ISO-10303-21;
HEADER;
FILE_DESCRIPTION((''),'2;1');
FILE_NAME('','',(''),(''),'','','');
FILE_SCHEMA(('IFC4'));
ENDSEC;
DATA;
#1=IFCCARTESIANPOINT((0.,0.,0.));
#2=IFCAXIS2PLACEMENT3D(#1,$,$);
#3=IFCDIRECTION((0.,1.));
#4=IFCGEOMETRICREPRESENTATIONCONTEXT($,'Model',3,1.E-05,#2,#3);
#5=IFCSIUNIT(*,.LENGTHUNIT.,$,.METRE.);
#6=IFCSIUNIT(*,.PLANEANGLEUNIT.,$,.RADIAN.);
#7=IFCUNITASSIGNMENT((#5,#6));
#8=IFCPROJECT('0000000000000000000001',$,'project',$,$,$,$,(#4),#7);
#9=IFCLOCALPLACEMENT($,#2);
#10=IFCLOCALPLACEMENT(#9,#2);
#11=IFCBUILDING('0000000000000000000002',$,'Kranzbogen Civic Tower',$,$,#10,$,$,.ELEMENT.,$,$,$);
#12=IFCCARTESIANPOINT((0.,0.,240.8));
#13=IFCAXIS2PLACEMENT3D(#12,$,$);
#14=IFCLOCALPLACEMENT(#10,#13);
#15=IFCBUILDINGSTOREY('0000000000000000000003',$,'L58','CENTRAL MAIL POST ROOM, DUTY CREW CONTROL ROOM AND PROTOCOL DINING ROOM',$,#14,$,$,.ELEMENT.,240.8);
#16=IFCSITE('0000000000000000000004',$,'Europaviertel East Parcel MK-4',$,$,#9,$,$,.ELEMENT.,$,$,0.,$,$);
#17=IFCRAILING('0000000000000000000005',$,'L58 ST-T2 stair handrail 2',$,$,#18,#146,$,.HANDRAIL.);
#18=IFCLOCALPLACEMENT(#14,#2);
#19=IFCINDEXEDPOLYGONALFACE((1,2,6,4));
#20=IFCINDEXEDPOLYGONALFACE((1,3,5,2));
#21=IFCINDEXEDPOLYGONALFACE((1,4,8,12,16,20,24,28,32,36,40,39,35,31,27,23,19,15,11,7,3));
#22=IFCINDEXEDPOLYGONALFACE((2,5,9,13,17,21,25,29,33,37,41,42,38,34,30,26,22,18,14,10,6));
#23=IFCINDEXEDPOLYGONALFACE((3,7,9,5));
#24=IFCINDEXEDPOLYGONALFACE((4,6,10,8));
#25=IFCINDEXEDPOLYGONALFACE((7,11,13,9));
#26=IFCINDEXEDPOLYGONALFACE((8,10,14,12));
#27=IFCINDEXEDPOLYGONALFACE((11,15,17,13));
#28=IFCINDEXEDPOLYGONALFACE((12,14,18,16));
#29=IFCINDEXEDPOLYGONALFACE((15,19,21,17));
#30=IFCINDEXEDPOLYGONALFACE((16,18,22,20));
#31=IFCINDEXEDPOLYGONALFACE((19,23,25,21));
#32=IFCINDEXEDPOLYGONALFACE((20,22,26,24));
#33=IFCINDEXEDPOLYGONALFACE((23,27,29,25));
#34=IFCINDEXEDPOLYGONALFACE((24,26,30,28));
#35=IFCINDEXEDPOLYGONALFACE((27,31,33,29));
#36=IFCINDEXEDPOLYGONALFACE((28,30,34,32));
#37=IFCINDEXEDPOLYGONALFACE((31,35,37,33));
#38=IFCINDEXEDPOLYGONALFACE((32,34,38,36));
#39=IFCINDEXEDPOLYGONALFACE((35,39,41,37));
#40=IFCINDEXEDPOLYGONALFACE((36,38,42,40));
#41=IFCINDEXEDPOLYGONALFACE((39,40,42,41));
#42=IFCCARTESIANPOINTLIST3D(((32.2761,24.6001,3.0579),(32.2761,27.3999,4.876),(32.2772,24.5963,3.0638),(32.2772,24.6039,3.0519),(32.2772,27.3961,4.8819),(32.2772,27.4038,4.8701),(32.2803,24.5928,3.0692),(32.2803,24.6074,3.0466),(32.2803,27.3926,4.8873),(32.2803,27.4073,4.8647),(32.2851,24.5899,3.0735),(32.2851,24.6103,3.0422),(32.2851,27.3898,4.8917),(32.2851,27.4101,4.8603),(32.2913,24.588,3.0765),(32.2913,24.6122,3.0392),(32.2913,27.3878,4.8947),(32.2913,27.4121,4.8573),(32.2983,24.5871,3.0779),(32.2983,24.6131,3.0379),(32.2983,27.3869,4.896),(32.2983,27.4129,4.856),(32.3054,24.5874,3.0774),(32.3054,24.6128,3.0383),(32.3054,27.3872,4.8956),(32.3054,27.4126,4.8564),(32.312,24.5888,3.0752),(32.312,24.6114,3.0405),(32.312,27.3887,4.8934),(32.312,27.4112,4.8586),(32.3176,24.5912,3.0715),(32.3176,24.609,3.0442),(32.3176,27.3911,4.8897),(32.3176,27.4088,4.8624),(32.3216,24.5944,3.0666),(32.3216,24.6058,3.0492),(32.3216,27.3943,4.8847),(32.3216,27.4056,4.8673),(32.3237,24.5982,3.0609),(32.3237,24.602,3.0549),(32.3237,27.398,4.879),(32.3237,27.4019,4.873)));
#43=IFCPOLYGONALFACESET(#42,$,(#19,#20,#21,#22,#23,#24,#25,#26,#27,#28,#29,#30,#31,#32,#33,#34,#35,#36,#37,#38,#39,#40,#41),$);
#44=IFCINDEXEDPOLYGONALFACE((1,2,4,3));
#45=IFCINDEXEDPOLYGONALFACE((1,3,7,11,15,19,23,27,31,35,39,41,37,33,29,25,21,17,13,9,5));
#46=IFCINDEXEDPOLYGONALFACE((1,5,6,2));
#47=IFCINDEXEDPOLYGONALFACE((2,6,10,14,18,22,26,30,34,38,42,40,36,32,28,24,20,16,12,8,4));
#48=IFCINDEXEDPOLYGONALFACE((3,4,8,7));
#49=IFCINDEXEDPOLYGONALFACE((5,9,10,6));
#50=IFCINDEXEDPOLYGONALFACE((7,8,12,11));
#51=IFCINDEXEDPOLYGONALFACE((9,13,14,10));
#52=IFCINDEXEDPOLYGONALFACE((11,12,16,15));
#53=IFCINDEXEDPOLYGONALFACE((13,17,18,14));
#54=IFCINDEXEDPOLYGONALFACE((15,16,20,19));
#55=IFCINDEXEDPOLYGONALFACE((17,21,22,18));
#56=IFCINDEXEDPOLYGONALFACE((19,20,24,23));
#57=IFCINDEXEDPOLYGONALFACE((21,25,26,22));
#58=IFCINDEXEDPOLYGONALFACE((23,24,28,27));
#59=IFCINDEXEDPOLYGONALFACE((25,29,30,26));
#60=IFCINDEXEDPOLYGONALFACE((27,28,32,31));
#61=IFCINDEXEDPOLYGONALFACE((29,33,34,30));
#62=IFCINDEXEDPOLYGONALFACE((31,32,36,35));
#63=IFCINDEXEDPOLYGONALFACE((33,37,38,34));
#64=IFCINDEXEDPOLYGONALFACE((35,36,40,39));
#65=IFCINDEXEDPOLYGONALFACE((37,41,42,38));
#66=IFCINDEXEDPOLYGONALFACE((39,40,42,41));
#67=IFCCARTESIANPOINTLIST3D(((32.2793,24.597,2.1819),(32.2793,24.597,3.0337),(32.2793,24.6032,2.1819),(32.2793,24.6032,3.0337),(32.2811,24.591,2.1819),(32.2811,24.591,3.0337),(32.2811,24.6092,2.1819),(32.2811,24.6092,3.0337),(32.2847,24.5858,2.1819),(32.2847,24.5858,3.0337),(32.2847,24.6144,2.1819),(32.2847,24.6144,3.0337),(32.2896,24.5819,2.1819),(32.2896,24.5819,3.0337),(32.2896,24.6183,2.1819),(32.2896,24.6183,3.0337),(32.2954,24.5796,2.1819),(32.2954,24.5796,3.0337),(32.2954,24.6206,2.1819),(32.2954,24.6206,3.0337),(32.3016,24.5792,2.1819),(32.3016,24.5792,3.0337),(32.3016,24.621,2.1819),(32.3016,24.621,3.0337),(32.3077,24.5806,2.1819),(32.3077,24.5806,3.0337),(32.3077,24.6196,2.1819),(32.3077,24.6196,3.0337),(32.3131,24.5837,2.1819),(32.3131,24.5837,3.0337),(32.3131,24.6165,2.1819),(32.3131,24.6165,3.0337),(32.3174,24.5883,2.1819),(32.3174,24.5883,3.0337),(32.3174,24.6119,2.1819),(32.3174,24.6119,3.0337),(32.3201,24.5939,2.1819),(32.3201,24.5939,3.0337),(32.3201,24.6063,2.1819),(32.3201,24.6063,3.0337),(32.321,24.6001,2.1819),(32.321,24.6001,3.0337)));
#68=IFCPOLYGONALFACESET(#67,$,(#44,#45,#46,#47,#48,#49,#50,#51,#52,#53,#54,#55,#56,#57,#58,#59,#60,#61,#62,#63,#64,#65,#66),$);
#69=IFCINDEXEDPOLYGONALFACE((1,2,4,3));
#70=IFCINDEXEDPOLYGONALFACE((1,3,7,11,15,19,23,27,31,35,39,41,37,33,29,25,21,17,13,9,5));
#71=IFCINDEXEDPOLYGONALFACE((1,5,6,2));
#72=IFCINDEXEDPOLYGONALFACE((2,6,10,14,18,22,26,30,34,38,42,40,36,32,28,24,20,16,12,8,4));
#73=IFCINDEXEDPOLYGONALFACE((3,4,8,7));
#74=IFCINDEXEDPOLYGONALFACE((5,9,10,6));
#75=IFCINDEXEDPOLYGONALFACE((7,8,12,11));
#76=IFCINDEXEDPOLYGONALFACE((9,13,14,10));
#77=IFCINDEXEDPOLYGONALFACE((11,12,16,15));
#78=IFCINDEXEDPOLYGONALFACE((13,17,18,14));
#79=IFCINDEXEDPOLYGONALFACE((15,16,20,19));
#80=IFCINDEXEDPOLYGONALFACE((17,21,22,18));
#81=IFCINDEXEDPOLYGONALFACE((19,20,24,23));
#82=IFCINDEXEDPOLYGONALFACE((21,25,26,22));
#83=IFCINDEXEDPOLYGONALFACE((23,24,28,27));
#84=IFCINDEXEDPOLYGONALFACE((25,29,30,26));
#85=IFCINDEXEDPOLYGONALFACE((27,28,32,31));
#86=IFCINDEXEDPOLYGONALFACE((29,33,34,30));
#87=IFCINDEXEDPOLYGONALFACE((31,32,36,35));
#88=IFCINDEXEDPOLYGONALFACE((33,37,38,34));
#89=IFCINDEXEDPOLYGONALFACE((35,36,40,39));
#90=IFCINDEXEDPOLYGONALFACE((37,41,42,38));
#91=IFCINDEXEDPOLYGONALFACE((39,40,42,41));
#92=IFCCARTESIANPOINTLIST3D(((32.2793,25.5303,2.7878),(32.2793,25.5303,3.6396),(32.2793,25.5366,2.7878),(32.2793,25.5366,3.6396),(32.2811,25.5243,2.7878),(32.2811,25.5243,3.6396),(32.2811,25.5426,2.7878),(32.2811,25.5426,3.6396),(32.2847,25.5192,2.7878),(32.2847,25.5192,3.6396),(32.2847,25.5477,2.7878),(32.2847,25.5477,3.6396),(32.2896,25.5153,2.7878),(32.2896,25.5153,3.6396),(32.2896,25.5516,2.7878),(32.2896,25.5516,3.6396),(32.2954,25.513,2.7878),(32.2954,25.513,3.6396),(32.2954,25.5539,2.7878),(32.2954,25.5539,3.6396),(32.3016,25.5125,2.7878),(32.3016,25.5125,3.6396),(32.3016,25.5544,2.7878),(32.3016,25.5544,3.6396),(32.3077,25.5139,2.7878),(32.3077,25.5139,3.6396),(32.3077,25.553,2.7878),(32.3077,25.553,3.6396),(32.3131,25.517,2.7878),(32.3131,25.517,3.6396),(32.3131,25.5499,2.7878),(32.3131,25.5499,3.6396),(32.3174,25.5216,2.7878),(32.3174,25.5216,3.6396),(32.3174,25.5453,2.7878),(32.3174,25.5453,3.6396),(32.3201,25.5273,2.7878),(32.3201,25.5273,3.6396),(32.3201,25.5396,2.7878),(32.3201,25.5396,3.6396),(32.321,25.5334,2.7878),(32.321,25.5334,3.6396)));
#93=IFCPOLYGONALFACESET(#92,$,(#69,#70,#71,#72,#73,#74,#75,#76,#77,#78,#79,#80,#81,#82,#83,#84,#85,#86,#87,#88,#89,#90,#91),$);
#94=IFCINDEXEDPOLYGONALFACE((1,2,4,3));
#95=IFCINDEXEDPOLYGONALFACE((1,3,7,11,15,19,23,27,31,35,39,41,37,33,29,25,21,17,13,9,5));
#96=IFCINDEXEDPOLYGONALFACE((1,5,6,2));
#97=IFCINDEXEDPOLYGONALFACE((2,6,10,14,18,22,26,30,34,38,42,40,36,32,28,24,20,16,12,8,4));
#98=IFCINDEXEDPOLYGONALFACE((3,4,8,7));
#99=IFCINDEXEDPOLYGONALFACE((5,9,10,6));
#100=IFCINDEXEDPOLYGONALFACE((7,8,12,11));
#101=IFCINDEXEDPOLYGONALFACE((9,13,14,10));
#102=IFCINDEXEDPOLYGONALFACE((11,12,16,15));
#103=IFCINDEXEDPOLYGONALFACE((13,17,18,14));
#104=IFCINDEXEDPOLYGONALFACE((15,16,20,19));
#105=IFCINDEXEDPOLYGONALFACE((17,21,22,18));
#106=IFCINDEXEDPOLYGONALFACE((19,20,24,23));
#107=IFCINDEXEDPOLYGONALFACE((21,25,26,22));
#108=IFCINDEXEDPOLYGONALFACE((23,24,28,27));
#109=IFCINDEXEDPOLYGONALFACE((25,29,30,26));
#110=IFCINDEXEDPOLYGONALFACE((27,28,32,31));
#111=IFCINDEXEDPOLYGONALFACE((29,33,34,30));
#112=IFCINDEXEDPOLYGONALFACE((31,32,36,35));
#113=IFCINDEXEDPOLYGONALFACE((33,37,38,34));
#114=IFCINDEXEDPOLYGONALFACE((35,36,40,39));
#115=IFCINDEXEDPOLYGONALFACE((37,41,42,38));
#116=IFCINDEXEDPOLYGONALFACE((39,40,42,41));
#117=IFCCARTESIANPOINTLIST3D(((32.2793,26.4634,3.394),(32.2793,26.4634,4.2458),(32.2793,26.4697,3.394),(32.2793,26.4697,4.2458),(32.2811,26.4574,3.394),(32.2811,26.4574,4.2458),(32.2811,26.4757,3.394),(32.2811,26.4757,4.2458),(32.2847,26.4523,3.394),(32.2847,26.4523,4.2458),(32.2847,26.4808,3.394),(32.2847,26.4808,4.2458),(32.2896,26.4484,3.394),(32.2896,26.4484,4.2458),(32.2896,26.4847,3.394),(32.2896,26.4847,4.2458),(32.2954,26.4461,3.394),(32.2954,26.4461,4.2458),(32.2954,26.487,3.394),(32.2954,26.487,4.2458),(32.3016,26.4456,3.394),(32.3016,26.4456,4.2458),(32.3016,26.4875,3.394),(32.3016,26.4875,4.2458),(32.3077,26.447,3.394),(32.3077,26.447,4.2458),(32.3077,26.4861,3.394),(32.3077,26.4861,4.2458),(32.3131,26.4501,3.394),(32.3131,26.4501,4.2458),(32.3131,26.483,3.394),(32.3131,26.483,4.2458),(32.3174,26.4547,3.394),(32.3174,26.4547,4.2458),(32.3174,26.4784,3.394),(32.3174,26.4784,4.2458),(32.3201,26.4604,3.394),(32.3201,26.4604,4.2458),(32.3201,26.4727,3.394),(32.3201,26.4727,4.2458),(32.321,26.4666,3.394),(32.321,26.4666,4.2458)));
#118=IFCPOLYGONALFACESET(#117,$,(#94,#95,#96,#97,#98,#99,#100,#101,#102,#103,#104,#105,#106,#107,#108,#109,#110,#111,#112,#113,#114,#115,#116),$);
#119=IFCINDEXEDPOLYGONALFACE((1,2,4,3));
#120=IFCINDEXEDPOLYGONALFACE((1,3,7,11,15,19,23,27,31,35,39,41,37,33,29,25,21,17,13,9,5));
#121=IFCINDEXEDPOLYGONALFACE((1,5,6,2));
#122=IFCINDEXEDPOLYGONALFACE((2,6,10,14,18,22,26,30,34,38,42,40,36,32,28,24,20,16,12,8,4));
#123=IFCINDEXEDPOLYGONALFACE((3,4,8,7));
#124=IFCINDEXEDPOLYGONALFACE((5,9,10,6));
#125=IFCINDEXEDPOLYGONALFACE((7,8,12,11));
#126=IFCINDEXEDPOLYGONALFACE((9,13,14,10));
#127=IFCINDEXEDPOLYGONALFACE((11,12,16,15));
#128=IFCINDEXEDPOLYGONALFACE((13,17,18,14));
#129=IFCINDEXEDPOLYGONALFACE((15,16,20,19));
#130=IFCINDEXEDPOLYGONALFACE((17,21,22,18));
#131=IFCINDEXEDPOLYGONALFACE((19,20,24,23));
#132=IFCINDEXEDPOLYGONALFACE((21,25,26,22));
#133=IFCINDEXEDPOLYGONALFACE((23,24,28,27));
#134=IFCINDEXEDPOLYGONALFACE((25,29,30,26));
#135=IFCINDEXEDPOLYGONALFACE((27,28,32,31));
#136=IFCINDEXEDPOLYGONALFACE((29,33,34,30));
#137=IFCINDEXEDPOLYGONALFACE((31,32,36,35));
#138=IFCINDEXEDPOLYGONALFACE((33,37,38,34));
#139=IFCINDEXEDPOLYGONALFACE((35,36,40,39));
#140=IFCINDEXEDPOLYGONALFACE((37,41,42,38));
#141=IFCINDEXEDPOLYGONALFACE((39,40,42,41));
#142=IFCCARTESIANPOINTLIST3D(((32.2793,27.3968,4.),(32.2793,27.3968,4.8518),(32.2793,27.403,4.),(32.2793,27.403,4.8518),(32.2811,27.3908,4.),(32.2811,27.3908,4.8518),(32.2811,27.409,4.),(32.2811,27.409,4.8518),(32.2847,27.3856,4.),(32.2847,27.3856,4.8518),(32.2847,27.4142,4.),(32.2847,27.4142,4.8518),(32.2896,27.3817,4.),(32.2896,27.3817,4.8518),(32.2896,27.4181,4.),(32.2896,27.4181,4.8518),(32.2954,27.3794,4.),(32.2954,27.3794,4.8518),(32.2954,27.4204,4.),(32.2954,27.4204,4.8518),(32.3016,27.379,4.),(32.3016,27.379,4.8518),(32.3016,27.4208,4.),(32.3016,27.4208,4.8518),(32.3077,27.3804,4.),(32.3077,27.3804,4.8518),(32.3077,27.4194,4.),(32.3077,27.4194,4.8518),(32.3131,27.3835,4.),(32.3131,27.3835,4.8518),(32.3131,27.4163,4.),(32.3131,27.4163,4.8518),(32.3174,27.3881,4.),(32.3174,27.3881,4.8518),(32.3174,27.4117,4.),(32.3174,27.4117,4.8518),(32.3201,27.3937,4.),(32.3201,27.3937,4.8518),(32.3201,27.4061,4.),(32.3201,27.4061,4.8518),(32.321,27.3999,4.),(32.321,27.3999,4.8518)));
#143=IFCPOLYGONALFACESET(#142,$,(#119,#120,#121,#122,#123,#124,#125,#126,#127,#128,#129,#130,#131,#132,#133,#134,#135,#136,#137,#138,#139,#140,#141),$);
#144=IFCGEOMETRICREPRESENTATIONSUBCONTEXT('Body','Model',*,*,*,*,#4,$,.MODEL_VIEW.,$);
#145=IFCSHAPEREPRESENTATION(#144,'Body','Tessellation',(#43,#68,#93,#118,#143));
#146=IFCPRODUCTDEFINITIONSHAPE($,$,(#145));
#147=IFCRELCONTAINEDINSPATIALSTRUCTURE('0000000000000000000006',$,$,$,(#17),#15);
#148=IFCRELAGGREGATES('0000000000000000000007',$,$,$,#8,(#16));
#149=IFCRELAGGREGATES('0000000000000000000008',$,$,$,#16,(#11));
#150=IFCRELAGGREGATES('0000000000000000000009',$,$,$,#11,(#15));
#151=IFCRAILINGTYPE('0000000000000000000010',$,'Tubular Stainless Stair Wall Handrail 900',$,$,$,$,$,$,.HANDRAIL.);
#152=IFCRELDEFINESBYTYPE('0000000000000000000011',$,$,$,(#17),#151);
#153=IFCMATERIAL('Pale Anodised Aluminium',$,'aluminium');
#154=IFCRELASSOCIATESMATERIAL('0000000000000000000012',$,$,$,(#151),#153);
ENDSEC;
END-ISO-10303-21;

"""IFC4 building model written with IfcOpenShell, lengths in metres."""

from ifc_helpers import new_model, si_unit, direction, frame, origin, origin_2d, place, context, subcontext, project, spatial, circle, extrude, material, type_object, element, save


model = new_model("IFC4")

# Units and contexts
model_context = context("Model", 3, precision=1e-05, world=origin(), true_north=direction((0.0, 1.0)))
body_context = subcontext(model_context, "Body", "Model", "MODEL_VIEW")
ifc_project = project(units=[si_unit("LENGTHUNIT", "METRE"), si_unit("PLANEANGLEUNIT", "RADIAN")], contexts=[model_context])

# Site, building, storey
site_placement = place(None, origin())
site = spatial("IfcSite", under=ifc_project, at=site_placement, Name="Europaviertel East Parcel MK-4", CompositionType="ELEMENT", RefElevation=0.0)
building_placement = place(site_placement, origin())
building = spatial("IfcBuilding", under=site, at=building_placement, Name="Kranzbogen Civic Tower", CompositionType="ELEMENT")
storey_placement = place(building_placement, frame((0.0, 0.0, 240.8)))
storey = spatial("IfcBuildingStorey", under=building, at=storey_placement, Name="L58", Description="CENTRAL MAIL POST ROOM, DUTY CREW CONTROL ROOM AND PROTOCOL DINING ROOM", CompositionType="ELEMENT", Elevation=240.8)

# Shared definitions
ifc_material_1 = material(Name="Pale Anodised Aluminium", Category="aluminium")

# Railing
railing_type_1 = type_object("IfcRailingType", Name="Tubular Stainless Stair Wall Handrail 900", PredefinedType="HANDRAIL", material=ifc_material_1)
railing_1_placement = place(storey_placement, frame((32.3, 24.6001, 2.1819)))
element("IfcRailing", 1, at=railing_1_placement, inside=storey, type_object=railing_type_1, Name="L58 ST-T2 stair handrail 2", PredefinedType="HANDRAIL", context=body_context, shape_type="SweptSolid", body=[
    extrude(circle(Radius=0.0239, at=origin_2d()), frame((0.0, 0.0, 0.876), z_axis=(0.0, 0.838684, 0.544618), x_axis=(-1.0, 0.0, 0.0)), (0.0, 0.0, 1.0), 3.3384),
    extrude(circle(Radius=0.021, at=origin_2d()), origin(), (0.0, 0.0, 1.0), 0.8518),
    extrude(circle(Radius=0.021, at=origin_2d()), frame((0.0, 0.9333, 0.606)), (0.0, 0.0, 1.0), 0.8518),
    extrude(circle(Radius=0.021, at=origin_2d()), frame((0.0, 1.8665, 1.2122)), (0.0, 0.0, 1.0), 0.8518),
    extrude(circle(Radius=0.021, at=origin_2d()), frame((0.0, 2.7998, 1.8181)), (0.0, 0.0, 1.0), 0.8518),
])

save(model, "model.ifc")
